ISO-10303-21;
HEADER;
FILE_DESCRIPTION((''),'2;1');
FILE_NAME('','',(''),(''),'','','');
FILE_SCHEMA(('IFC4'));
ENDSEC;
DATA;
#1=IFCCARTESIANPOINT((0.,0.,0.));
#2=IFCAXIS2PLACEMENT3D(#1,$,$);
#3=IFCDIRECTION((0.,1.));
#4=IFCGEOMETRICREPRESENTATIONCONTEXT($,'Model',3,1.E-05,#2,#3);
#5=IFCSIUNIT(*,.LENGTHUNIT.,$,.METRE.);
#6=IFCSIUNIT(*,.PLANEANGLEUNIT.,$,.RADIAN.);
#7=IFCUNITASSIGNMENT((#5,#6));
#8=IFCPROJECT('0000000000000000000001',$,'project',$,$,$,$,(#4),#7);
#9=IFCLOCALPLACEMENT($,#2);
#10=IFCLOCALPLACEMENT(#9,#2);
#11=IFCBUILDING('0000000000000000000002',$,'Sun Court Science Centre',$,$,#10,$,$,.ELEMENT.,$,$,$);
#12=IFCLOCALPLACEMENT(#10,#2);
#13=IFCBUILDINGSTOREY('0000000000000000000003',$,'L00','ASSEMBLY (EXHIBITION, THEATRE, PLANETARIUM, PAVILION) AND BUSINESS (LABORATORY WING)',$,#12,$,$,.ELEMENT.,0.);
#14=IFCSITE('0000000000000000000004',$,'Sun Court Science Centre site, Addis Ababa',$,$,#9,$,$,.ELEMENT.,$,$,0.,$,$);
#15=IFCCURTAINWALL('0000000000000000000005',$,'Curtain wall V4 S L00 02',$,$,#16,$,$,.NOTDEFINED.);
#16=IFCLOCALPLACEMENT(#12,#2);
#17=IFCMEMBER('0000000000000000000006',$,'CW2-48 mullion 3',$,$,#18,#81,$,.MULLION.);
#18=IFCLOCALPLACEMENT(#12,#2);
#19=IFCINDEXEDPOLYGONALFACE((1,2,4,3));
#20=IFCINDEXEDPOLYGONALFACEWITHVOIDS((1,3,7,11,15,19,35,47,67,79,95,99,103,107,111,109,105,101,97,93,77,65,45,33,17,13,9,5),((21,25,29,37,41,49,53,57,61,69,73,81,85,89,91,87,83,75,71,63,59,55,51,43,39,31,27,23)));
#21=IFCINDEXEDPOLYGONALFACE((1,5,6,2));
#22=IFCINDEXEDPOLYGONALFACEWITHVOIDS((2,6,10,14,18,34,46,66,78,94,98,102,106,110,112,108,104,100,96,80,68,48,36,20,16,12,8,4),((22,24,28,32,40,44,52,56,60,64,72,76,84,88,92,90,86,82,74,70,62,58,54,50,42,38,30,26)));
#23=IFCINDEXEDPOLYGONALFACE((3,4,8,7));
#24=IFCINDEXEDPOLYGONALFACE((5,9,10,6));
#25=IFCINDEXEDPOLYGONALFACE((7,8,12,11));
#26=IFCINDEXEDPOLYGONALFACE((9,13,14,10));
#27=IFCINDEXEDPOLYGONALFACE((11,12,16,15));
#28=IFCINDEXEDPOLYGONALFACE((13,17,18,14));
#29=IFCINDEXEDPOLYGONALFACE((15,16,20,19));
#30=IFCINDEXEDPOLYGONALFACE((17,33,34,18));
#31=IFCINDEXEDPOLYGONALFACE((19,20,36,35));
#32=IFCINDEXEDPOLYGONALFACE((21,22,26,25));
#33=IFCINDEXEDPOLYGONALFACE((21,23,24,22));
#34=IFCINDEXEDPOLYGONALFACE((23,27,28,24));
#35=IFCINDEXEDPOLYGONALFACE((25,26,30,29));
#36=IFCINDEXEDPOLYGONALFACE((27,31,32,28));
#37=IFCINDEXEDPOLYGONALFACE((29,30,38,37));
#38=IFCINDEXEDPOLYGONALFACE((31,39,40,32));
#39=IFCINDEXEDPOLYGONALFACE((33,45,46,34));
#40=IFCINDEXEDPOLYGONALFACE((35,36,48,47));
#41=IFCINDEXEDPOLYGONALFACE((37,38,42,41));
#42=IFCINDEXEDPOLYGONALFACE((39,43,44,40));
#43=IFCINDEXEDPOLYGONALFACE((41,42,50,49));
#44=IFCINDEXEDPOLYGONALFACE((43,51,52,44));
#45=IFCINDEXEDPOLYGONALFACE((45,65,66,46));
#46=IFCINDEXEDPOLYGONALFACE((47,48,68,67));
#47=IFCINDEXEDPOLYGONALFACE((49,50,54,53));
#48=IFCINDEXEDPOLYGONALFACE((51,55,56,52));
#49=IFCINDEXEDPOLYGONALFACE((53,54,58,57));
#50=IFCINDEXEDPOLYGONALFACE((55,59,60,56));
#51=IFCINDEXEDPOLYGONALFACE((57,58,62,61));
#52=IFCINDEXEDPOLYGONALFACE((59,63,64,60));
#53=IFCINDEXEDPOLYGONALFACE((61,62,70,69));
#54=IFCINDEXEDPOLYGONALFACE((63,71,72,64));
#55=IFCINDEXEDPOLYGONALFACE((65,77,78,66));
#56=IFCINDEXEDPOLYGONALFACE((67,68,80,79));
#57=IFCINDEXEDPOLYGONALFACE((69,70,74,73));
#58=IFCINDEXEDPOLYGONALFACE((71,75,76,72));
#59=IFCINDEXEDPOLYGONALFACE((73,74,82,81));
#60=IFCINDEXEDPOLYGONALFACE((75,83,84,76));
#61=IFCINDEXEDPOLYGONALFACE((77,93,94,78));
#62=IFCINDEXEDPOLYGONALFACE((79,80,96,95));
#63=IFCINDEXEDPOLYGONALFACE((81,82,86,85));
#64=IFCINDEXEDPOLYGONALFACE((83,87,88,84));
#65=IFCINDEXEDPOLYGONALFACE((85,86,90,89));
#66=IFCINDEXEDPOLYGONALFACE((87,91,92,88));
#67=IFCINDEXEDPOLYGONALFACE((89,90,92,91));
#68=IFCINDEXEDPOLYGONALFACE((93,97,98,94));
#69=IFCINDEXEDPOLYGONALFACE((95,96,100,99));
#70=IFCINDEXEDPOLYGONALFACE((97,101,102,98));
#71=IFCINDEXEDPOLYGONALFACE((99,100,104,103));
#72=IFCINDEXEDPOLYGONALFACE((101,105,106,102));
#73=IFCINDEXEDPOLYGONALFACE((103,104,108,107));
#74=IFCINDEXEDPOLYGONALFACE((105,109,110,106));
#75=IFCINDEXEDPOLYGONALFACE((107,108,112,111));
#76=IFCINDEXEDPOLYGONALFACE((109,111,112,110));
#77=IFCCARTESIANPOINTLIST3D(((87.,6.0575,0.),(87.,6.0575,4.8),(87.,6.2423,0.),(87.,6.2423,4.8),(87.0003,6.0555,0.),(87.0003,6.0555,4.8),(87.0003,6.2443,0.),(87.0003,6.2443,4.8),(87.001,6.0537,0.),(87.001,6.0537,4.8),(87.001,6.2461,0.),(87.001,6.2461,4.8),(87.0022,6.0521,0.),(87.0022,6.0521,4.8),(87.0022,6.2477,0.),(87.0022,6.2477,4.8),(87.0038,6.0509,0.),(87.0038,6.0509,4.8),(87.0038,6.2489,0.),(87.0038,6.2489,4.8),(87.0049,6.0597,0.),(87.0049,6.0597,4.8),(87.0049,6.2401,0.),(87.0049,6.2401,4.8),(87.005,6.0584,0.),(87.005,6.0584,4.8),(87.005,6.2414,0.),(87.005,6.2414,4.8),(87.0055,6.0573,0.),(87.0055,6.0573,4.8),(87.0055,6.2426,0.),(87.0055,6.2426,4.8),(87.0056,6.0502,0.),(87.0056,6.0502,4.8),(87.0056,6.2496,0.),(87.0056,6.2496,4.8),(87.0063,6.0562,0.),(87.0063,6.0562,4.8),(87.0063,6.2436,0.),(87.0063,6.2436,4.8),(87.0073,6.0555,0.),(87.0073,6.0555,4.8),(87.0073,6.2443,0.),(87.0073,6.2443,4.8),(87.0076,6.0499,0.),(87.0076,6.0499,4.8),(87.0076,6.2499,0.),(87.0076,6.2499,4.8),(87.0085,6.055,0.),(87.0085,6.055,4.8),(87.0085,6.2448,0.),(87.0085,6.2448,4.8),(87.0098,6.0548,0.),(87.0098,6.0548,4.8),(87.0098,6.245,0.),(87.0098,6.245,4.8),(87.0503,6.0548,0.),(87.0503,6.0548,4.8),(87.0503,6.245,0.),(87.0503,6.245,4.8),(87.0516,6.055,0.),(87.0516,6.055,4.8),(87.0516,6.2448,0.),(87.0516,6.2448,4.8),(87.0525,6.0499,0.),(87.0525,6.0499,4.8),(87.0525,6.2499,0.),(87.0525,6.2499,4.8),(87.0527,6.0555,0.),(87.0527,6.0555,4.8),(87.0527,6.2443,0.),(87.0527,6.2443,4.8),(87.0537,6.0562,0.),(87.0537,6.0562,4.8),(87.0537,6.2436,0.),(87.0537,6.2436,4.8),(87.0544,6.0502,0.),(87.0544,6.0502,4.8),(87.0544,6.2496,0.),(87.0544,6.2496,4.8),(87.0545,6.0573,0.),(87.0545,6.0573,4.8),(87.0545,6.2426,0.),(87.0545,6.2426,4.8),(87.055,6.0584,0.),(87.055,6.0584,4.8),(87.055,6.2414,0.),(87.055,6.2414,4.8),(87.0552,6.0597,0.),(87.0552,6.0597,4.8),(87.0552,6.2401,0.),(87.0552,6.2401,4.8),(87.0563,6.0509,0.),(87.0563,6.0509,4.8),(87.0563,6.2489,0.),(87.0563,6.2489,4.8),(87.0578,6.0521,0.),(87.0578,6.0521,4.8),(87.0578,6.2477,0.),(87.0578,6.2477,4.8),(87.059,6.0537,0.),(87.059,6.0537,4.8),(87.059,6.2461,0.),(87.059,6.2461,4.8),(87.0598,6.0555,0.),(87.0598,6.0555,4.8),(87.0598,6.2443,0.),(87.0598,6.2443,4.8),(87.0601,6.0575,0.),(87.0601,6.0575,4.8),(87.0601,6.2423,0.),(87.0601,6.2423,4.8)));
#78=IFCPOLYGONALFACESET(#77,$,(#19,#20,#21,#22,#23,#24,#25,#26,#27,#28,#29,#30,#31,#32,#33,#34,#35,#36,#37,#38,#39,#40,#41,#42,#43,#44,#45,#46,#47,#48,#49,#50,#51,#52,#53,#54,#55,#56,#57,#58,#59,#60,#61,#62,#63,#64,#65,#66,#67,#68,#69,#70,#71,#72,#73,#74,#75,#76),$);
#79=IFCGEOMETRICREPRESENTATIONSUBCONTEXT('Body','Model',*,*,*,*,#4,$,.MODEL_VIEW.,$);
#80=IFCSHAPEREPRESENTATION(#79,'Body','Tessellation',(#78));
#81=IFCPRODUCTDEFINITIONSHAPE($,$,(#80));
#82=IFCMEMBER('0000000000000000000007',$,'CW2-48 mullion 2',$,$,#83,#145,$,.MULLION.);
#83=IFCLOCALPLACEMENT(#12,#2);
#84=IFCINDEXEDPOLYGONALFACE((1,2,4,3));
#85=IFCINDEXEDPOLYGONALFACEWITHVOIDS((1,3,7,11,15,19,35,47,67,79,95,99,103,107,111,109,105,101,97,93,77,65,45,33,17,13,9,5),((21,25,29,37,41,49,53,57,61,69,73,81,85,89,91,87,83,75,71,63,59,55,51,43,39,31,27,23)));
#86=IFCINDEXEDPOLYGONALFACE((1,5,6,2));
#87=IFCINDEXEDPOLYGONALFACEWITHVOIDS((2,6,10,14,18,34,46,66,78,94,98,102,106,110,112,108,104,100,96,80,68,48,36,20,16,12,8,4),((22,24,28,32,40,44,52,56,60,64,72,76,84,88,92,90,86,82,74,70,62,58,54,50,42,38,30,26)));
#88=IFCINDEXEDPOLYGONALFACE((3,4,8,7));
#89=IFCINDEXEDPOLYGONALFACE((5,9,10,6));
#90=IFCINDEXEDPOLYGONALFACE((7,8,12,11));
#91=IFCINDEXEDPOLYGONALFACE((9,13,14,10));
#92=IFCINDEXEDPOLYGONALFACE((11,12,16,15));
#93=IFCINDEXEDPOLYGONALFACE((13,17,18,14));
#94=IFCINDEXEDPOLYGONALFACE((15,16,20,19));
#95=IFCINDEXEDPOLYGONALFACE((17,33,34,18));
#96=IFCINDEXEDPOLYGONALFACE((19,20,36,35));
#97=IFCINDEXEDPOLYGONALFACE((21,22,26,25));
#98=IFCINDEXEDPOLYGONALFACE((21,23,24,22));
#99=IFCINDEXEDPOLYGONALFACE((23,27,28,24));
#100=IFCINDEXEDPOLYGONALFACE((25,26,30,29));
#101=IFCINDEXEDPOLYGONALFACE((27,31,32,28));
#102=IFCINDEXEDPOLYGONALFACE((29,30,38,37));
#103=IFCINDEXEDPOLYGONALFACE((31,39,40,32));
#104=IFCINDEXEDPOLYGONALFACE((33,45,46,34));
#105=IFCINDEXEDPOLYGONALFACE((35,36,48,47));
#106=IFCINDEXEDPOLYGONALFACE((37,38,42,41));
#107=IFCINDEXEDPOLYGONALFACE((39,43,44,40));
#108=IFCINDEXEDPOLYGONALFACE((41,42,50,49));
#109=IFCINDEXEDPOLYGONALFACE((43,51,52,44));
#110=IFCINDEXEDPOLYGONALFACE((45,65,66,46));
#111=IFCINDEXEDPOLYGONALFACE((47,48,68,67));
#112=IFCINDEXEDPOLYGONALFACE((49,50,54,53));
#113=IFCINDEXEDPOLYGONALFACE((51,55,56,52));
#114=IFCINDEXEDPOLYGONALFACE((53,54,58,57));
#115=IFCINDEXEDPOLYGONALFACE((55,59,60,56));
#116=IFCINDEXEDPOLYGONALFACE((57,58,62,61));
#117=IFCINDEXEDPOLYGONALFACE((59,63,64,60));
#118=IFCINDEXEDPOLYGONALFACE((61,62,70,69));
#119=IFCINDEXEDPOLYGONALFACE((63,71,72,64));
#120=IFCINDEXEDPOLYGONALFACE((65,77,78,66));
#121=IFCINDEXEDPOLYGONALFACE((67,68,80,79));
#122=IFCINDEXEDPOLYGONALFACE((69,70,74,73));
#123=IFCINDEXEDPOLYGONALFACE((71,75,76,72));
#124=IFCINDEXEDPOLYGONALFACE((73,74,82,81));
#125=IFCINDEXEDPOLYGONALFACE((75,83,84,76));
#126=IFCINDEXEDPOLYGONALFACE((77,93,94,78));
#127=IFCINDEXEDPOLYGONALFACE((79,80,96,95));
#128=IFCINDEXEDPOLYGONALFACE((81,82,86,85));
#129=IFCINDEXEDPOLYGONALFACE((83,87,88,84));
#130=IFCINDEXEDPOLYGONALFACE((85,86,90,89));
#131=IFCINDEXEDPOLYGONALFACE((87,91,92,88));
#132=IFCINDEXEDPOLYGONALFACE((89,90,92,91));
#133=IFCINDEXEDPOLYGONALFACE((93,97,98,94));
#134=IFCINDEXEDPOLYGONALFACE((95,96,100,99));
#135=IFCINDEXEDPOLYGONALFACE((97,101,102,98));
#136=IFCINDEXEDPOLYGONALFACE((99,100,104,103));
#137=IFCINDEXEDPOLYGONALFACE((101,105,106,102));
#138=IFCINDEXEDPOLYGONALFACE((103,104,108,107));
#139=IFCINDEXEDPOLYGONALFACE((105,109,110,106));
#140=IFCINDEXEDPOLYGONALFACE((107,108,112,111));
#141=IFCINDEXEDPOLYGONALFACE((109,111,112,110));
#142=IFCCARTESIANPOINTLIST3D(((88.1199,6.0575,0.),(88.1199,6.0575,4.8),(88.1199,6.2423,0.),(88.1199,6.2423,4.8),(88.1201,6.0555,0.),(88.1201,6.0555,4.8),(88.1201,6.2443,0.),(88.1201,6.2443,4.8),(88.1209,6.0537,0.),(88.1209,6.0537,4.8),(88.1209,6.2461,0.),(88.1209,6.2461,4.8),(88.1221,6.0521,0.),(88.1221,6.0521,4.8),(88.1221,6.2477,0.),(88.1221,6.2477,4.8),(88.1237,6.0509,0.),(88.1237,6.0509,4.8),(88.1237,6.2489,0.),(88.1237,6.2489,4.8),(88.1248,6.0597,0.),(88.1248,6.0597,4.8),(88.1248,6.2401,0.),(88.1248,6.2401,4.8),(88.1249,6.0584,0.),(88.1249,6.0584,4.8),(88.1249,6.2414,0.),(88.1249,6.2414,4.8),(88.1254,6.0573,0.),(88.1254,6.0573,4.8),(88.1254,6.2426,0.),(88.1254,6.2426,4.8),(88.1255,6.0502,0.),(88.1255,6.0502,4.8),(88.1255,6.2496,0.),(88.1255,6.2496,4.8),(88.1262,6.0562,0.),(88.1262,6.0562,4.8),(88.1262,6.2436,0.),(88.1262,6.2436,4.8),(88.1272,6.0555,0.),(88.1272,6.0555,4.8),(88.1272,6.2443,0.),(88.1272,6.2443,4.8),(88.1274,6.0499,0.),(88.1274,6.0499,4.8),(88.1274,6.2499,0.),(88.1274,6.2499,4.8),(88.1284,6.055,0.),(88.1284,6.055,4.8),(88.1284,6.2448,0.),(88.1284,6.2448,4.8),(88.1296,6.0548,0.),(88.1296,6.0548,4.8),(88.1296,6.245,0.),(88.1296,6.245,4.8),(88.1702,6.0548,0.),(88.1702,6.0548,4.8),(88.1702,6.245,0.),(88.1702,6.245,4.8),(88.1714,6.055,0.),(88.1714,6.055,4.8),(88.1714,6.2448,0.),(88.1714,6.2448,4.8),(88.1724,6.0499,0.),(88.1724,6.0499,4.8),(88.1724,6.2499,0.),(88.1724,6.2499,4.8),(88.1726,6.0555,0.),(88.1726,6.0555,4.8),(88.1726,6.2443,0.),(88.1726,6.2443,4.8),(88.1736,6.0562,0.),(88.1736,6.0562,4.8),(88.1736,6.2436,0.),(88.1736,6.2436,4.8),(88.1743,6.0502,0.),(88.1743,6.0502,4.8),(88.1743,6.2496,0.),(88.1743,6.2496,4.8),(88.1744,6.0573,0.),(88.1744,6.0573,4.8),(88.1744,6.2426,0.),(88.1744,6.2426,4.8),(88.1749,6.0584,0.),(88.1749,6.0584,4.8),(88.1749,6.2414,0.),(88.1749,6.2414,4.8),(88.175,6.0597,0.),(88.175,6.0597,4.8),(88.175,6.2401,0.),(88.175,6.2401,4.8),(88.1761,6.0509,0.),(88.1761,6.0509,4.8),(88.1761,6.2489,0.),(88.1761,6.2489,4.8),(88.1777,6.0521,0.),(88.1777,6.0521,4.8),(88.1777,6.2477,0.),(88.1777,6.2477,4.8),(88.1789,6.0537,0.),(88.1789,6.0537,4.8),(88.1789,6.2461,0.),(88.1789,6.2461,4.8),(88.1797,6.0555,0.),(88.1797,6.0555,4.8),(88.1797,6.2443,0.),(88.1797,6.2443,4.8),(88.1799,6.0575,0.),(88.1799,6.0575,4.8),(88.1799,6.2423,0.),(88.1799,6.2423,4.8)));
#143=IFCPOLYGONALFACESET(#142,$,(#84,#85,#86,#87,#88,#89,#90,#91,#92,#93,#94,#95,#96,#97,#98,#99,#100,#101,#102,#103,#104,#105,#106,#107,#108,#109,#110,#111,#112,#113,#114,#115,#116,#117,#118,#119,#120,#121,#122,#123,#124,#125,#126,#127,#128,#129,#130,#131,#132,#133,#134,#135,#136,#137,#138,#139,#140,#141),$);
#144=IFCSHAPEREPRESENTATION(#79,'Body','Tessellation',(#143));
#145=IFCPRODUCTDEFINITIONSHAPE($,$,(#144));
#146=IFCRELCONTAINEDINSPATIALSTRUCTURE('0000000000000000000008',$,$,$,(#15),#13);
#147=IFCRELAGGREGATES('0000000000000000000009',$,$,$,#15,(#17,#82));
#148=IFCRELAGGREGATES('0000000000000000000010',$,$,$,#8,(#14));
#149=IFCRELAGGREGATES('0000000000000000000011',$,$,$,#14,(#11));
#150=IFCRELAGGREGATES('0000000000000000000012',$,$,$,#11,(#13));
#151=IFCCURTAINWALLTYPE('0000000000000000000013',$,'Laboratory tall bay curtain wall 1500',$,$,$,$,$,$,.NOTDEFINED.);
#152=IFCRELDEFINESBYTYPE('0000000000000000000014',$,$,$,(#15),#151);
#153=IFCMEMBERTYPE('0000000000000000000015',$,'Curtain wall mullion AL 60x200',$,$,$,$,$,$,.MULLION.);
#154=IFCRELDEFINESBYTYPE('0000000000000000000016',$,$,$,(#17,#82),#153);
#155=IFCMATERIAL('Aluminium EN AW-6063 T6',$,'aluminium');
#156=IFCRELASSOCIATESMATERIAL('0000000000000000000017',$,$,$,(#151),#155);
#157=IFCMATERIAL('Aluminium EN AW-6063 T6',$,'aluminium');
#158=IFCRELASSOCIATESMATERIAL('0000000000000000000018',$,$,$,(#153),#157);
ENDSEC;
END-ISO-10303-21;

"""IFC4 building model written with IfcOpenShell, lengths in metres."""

from ifc_helpers import new_model, si_unit, direction, frame, origin, origin_2d, place, context, subcontext, project, spatial, hollow_rectangle, extrude, material, material_profile, profile_set, type_object, element, aggregate, save


model = new_model("IFC4")

# Units and contexts
model_context = context("Model", 3, precision=1e-05, world=origin(), true_north=direction((0.0, 1.0)))
body_context = subcontext(model_context, "Body", "Model", "MODEL_VIEW")
ifc_project = project(units=[si_unit("LENGTHUNIT", "METRE"), si_unit("PLANEANGLEUNIT", "RADIAN")], contexts=[model_context])

# Site, building, storey
site_placement = place(None, origin())
site = spatial("IfcSite", under=ifc_project, at=site_placement, Name="Sun Court Science Centre site, Addis Ababa", CompositionType="ELEMENT", RefElevation=0.0)
building_placement = place(site_placement, origin())
building = spatial("IfcBuilding", under=site, at=building_placement, Name="Sun Court Science Centre", CompositionType="ELEMENT")
storey_placement = place(building_placement, origin())
storey = spatial("IfcBuildingStorey", under=building, at=storey_placement, Name="L00", Description="ASSEMBLY (EXHIBITION, THEATRE, PLANETARIUM, PAVILION) AND BUSINESS (LABORATORY WING)", CompositionType="ELEMENT", Elevation=0.0)

# Curtain wall, members
ifc_material_1 = material(Name="Aluminium EN AW-6063 T6", Category="aluminium")
curtain_wall_type = type_object("IfcCurtainWallType", Name="Laboratory tall bay curtain wall 1500", PredefinedType="NOTDEFINED", material=ifc_material_1)
curtain_wall_placement = place(storey_placement, origin())
curtain_wall = element("IfcCurtainWall", 1, at=curtain_wall_placement, inside=storey, type_object=curtain_wall_type, Name="Curtain wall V4 S L00 02", PredefinedType="NOTDEFINED")
ifc_material_2 = material(Name="Aluminium EN AW-6063 T6", Category="aluminium")
ifc_material_profile_1 = material_profile(ifc_material_2, hollow_rectangle(XDim=0.0601, YDim=0.2, WallThickness=0.0049, InnerFilletRadius=0.0049, OuterFilletRadius=0.0076, at=origin_2d()), Name="AL 60x200x5")
ifc_profile_set_1 = profile_set([ifc_material_profile_1], Name="Aluminium EN AW-6063 T6")
member_type_1 = type_object("IfcMemberType", Name="Curtain wall mullion AL 60x200", PredefinedType="MULLION", material=ifc_profile_set_1)
member_1_placement = place(storey_placement, frame((87.03, 6.1499, 0.0), z_axis=(0.0, 0.0, 1.0), x_axis=(-1.0, 0.0, 0.0)))
member_1 = element("IfcMember", 2, at=member_1_placement, type_object=member_type_1, Name="CW2-48 mullion 3", PredefinedType="MULLION", context=body_context, shape_type="SweptSolid", body=[
    extrude(hollow_rectangle(XDim=0.0601, YDim=0.2, WallThickness=0.0049, InnerFilletRadius=0.0049, OuterFilletRadius=0.0076, at=origin_2d()), origin(), (0.0, 0.0, 1.0), 4.8),
])
member_2_placement = place(storey_placement, frame((88.1499, 6.1499, 0.0), z_axis=(0.0, 0.0, 1.0), x_axis=(-1.0, 0.0, 0.0)))
member_2 = element("IfcMember", 3, at=member_2_placement, type_object=member_type_1, Name="CW2-48 mullion 2", PredefinedType="MULLION", context=body_context, shape_type="SweptSolid", body=[
    extrude(hollow_rectangle(XDim=0.0601, YDim=0.2, WallThickness=0.0049, InnerFilletRadius=0.0049, OuterFilletRadius=0.0076, at=origin_2d()), origin(), (0.0, 0.0, 1.0), 4.8),
])

aggregate(curtain_wall, [member_1, member_2])

save(model, "model.ifc")
